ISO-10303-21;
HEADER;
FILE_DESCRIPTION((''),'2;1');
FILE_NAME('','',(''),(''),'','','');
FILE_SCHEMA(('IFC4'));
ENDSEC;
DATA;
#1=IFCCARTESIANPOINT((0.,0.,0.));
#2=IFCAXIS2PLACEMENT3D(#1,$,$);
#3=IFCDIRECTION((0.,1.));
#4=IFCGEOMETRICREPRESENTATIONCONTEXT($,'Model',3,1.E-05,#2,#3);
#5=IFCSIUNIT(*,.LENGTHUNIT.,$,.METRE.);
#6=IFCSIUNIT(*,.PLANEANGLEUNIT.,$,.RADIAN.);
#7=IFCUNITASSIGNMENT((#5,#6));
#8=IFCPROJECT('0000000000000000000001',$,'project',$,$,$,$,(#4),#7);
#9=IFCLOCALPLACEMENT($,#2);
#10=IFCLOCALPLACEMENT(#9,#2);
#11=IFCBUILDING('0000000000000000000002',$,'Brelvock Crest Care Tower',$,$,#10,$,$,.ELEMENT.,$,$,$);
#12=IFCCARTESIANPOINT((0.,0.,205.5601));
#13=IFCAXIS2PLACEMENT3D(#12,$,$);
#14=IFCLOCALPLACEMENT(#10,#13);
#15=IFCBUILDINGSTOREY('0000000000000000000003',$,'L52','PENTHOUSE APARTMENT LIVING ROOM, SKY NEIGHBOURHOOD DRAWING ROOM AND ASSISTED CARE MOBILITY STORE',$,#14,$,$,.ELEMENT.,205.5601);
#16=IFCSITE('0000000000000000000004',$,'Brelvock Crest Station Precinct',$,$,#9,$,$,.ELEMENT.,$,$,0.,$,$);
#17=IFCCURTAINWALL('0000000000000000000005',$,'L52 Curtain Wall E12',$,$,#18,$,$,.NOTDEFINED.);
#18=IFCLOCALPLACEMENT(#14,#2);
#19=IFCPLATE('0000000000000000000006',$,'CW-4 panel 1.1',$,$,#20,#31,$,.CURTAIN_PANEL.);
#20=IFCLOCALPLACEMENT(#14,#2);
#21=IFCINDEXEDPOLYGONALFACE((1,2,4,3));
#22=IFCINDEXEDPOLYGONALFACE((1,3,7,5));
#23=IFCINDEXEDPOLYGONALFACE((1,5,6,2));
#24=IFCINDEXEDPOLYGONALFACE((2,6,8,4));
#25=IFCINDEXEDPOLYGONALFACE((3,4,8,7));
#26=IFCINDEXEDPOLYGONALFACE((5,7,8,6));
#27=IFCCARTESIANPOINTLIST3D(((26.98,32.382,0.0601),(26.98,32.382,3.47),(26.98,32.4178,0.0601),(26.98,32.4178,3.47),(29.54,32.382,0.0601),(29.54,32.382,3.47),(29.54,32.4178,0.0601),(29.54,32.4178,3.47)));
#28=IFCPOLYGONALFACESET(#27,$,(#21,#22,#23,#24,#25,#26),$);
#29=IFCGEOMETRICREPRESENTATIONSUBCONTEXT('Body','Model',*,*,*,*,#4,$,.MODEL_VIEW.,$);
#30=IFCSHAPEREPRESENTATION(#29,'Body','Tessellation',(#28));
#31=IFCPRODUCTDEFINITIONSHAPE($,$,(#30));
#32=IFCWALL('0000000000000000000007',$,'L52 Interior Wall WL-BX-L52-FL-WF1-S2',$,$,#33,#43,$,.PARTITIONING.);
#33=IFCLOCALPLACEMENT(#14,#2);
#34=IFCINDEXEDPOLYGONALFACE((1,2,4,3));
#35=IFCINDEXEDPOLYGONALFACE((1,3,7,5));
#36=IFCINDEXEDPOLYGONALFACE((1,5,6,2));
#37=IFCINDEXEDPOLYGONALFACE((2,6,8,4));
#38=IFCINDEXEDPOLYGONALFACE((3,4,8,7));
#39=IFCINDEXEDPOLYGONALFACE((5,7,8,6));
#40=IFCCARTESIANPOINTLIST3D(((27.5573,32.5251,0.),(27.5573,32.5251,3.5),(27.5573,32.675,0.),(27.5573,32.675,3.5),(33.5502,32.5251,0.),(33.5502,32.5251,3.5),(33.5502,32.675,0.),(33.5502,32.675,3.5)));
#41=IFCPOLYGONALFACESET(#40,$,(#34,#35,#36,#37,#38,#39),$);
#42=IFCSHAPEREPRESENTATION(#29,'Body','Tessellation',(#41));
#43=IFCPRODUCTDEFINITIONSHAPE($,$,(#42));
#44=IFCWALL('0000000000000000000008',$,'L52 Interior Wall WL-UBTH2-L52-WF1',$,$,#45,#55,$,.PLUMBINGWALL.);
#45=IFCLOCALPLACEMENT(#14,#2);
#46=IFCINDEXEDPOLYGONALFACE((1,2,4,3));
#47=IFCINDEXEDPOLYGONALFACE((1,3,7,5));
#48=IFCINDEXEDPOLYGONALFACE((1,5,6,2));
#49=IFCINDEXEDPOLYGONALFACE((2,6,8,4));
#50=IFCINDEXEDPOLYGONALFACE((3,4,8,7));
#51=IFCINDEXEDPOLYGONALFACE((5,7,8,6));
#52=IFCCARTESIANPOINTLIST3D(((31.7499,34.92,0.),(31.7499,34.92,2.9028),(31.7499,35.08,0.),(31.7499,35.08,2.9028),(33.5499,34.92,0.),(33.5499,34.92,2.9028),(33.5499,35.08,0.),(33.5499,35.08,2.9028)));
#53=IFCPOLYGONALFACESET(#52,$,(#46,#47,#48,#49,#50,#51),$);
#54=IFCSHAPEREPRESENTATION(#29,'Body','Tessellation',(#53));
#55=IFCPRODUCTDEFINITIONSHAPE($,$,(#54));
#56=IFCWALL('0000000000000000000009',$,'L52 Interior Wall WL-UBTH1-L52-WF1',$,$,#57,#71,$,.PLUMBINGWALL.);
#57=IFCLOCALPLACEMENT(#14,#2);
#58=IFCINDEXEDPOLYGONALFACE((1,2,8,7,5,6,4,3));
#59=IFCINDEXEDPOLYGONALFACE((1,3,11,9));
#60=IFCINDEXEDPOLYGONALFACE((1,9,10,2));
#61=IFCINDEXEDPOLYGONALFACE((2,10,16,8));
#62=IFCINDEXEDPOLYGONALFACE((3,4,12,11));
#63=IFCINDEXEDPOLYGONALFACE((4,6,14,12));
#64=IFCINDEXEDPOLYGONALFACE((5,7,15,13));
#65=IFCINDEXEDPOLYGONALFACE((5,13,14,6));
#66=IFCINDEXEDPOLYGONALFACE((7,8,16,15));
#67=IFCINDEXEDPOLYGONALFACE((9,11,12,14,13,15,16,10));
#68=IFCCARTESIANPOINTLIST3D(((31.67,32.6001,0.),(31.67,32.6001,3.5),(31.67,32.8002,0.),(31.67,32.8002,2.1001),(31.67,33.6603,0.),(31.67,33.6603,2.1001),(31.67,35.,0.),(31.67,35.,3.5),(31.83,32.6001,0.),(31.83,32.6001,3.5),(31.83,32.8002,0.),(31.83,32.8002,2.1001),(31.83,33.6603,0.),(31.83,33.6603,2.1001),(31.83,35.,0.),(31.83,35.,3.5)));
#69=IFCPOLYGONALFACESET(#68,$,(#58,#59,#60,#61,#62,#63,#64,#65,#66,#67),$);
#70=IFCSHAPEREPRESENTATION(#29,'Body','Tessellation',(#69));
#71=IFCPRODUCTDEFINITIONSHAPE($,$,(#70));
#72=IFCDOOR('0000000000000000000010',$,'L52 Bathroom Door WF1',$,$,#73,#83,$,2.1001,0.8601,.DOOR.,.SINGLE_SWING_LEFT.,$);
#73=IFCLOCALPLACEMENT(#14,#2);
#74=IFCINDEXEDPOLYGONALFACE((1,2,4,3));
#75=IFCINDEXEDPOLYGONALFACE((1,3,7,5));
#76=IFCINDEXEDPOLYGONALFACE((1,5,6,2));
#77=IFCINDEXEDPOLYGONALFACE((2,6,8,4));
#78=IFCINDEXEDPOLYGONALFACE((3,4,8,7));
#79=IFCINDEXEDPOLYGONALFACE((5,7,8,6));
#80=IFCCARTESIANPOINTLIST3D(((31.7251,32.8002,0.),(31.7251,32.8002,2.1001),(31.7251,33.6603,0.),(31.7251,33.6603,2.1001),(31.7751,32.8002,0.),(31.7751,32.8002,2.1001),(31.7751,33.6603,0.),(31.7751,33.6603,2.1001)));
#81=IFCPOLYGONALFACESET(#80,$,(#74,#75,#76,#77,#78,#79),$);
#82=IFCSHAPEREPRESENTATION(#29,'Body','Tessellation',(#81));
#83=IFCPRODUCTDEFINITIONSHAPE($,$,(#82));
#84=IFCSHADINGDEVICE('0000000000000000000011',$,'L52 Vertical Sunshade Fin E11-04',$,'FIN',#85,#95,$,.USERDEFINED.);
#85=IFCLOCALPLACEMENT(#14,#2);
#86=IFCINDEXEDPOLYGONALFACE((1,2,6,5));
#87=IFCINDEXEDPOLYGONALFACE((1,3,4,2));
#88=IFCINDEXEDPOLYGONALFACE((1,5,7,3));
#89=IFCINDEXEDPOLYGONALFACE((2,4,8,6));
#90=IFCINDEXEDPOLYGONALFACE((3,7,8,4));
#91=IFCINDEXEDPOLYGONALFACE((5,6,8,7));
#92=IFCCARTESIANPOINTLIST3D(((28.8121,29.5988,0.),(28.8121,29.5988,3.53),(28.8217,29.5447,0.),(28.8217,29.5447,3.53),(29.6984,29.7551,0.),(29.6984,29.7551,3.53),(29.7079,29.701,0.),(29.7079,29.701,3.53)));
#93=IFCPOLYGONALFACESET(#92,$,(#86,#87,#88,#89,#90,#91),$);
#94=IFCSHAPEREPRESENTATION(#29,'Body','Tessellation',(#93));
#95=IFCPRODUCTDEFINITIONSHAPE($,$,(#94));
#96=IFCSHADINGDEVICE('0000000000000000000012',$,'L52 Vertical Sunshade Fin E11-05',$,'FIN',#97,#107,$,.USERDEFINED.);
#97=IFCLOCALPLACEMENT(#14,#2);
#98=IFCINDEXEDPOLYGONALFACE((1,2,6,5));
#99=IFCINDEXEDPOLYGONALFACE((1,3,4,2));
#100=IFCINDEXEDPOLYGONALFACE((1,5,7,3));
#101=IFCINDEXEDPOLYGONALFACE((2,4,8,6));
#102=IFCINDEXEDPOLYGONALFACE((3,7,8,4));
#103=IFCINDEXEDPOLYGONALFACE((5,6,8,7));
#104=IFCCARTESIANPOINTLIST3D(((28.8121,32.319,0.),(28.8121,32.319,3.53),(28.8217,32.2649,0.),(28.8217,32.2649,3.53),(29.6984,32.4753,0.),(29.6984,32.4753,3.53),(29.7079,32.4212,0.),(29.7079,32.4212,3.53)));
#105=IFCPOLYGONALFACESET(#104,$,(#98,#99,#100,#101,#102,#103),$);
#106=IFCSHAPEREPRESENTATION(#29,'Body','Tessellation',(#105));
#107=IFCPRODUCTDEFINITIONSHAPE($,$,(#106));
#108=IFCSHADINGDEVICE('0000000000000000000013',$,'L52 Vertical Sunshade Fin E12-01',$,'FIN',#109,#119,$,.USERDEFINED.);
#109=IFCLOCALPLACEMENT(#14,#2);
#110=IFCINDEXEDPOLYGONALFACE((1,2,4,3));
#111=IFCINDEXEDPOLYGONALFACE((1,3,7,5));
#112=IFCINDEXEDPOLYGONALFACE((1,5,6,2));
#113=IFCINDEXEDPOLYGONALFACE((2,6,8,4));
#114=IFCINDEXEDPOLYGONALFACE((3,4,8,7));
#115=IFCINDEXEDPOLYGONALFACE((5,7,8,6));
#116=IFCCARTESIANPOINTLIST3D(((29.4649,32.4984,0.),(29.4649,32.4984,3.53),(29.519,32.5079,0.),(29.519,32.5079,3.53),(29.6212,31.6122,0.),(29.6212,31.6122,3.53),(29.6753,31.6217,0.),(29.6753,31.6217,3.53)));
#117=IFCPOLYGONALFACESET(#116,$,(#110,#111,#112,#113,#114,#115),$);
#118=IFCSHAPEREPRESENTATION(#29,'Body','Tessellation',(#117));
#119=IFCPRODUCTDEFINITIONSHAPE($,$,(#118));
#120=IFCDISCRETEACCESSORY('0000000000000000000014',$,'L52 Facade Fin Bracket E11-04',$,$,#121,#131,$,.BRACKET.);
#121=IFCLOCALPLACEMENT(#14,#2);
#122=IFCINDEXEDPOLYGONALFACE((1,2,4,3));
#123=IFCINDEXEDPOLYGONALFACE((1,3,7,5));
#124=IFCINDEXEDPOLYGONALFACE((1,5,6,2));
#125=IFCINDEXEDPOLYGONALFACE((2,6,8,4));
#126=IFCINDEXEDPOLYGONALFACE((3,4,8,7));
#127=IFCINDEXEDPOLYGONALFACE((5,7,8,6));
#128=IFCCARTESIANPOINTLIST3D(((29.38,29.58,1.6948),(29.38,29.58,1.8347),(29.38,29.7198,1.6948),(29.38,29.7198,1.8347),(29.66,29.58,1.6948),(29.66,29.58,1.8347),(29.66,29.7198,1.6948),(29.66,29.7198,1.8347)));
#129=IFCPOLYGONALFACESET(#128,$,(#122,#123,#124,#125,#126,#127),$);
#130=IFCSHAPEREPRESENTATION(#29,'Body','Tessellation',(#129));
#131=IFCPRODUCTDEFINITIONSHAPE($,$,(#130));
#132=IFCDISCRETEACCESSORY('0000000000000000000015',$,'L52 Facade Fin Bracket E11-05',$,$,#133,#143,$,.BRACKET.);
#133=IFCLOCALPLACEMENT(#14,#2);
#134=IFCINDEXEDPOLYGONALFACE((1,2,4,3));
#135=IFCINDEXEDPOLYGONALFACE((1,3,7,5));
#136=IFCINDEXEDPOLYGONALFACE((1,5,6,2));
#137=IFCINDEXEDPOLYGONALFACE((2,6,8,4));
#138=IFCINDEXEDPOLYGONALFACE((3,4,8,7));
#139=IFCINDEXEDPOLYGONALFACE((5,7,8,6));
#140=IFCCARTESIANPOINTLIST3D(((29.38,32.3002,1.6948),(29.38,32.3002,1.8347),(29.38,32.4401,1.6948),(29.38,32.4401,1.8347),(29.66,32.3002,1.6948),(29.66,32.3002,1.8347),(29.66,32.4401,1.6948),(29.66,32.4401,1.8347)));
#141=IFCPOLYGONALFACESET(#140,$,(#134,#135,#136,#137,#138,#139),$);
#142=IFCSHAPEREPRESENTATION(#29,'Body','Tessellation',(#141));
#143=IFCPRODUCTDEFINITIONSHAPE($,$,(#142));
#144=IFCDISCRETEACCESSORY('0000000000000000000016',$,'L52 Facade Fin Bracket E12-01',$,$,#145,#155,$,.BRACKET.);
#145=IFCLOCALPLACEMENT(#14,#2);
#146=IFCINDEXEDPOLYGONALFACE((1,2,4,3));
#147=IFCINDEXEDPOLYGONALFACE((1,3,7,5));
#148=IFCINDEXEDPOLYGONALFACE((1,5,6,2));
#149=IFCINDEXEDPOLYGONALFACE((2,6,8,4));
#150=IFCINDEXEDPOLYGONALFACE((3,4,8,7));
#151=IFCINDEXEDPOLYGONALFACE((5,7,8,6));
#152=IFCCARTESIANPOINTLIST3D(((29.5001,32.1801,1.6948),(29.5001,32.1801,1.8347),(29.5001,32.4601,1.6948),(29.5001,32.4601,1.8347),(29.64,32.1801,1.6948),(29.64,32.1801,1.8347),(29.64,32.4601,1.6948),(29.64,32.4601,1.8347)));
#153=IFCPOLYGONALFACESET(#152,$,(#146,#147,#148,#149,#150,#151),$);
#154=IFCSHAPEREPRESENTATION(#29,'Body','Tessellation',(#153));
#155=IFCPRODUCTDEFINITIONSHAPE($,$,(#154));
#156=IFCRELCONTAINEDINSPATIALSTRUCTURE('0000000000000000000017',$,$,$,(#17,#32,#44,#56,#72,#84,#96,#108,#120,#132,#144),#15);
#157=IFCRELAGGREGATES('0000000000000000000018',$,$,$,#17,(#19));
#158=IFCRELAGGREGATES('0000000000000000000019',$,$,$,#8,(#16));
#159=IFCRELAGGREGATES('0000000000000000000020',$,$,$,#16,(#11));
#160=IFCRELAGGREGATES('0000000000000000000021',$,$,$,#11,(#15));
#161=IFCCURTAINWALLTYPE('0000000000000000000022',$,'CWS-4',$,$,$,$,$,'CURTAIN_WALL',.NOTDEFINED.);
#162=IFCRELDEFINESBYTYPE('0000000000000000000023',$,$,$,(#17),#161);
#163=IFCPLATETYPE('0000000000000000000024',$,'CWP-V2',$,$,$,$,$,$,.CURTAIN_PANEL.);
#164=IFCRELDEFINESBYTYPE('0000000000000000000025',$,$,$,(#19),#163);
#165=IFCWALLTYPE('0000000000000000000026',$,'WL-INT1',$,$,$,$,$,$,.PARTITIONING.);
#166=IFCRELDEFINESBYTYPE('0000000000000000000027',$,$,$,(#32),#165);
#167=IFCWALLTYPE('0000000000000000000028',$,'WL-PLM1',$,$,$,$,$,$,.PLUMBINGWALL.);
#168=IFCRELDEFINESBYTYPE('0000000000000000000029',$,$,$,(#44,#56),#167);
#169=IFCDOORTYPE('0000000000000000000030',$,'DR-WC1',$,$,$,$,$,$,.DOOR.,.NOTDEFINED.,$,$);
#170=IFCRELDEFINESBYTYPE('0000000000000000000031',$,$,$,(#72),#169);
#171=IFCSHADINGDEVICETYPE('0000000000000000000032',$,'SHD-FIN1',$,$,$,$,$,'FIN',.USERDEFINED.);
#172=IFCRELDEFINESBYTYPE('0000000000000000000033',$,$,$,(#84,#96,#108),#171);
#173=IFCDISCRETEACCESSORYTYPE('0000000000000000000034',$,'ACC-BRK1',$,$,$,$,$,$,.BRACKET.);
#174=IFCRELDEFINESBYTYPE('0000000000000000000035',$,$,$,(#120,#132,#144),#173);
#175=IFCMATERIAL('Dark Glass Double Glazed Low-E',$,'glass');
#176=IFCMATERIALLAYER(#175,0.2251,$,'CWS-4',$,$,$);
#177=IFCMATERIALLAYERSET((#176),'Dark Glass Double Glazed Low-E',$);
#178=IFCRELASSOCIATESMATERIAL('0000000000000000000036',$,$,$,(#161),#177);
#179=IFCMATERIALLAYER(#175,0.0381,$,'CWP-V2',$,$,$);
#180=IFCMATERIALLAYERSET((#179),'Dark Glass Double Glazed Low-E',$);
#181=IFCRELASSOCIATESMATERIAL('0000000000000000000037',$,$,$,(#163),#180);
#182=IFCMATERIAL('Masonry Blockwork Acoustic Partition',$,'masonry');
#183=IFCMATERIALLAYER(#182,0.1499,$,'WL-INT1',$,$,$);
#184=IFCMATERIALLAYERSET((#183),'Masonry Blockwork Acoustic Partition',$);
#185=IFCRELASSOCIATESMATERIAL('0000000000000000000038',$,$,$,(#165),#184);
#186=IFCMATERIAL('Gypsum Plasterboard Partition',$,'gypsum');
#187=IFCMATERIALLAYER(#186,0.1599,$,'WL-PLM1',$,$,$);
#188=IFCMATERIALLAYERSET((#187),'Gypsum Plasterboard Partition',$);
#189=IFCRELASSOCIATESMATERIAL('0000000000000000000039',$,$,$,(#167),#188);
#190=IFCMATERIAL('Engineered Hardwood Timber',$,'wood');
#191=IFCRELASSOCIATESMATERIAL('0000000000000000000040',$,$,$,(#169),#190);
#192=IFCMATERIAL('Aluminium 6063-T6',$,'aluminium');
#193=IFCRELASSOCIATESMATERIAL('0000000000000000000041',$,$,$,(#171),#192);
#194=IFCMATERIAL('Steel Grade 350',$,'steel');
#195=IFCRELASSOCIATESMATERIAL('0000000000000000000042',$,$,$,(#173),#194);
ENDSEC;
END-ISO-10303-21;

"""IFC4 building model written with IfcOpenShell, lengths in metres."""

from ifc_helpers import new_model, si_unit, direction, frame, frame_2d, origin, origin_2d, place, context, subcontext, project, spatial, rectangle, extrude, source, transform, mapped, material, layer, layer_set, material_profile, profile_set, type_object, element, fill, aggregate, save


model = new_model("IFC4")

# Units and contexts
model_context = context("Model", 3, precision=1e-05, world=origin(), true_north=direction((0.0, 1.0)))
body_context = subcontext(model_context, "Body", "Model", "MODEL_VIEW")
ifc_project = project(units=[si_unit("LENGTHUNIT", "METRE"), si_unit("PLANEANGLEUNIT", "RADIAN")], contexts=[model_context])

# Site, building, storey
site_placement = place(None, origin())
site = spatial("IfcSite", under=ifc_project, at=site_placement, Name="Brelvock Crest Station Precinct", CompositionType="ELEMENT", RefElevation=0.0)
building_placement = place(site_placement, origin())
building = spatial("IfcBuilding", under=site, at=building_placement, Name="Brelvock Crest Care Tower", CompositionType="ELEMENT")
storey_placement = place(building_placement, frame((0.0, 0.0, 205.5601)))
storey = spatial("IfcBuildingStorey", under=building, at=storey_placement, Name="L52", Description="PENTHOUSE APARTMENT LIVING ROOM, SKY NEIGHBOURHOOD DRAWING ROOM AND ASSISTED CARE MOBILITY STORE", CompositionType="ELEMENT", Elevation=205.5601)

# Shared definitions
ifc_material_1 = material(Name="Steel Grade 350", Category="steel")

# Curtain wall
ifc_material_2 = material(Name="Dark Glass Double Glazed Low-E", Category="glass")
ifc_layer_1 = layer(ifc_material_2, 0.2251, Name="CWS-4")
ifc_layer_set_1 = layer_set([ifc_layer_1], Name="Dark Glass Double Glazed Low-E")
curtain_wall_type = type_object("IfcCurtainWallType", Name="CWS-4", ElementType="CURTAIN_WALL", PredefinedType="NOTDEFINED", material=ifc_layer_set_1)
ifc_material_3 = material(Name="Aluminium 6063-T6", Category="aluminium")
curtain_wall_1_placement = place(storey_placement, origin())
curtain_wall_1 = element("IfcCurtainWall", 1, at=curtain_wall_1_placement, inside=storey, type_object=curtain_wall_type, Name="L52 Curtain Wall E12", PredefinedType="NOTDEFINED")

# Plate
ifc_layer_2 = layer(ifc_material_2, 0.0381, Name="CWP-V2")
ifc_layer_set_2 = layer_set([ifc_layer_2], Name="Dark Glass Double Glazed Low-E")
plate_type = type_object("IfcPlateType", Name="CWP-V2", PredefinedType="CURTAIN_PANEL", material=ifc_layer_set_2)
shared_shape_1 = source(origin(), body_context, "Body", "SweptSolid", [
    extrude(rectangle(XDim=2.5601, YDim=0.0359, at=origin_2d()), origin(), (0.0, 0.0, 1.0), 3.4099),
])
plate_1_placement = place(storey_placement, frame((28.26, 32.3999, 0.0601), z_axis=(0.0, 0.0, 1.0), x_axis=(-1.0, 0.0, 0.0)))
plate_1 = element("IfcPlate", 2, at=plate_1_placement, type_object=plate_type, Name="CW-4 panel 1.1", PredefinedType="CURTAIN_PANEL", context=body_context, shape_type="MappedRepresentation", body=[
    mapped(shared_shape_1, transform((0.0, 0.0, 0.0), x_axis=(1.0, 0.0, 0.0), y_axis=(0.0, 1.0, 0.0), z_axis=(0.0, 0.0, 1.0), scale=1.0)),
])
aggregate(curtain_wall_1, [plate_1])

# Walls
ifc_material_4 = material(Name="Masonry Blockwork Acoustic Partition", Category="masonry")
ifc_layer_3 = layer(ifc_material_4, 0.1499, Name="WL-INT1")
ifc_layer_set_3 = layer_set([ifc_layer_3], Name="Masonry Blockwork Acoustic Partition")
wall_type_1 = type_object("IfcWallType", Name="WL-INT1", PredefinedType="PARTITIONING", material=ifc_layer_set_3)
wall_1_placement = place(storey_placement, frame((27.5571, 32.6001, 0.0), z_axis=(0.0, 0.0, 1.0), x_axis=(1.0, 0.0, 0.0)))
element("IfcWall", 3, at=wall_1_placement, inside=storey, type_object=wall_type_1, Name="L52 Interior Wall WL-BX-L52-FL-WF1-S2", PredefinedType="PARTITIONING", context=body_context, shape_type="SweptSolid", body=[
    extrude(rectangle(XDim=5.9929, YDim=0.1499, at=frame_2d((2.9966, 0.0))), origin(), (0.0, 0.0, 1.0), 3.5),
])
ifc_material_5 = material(Name="Gypsum Plasterboard Partition", Category="gypsum")
ifc_layer_4 = layer(ifc_material_5, 0.1599, Name="WL-PLM1")
ifc_layer_set_4 = layer_set([ifc_layer_4], Name="Gypsum Plasterboard Partition")
wall_type_2 = type_object("IfcWallType", Name="WL-PLM1", PredefinedType="PLUMBINGWALL", material=ifc_layer_set_4)
wall_2_placement = place(storey_placement, frame((31.75, 35.0, 0.0), z_axis=(0.0, 0.0, 1.0), x_axis=(1.0, 0.0, 0.0)))
element("IfcWall", 4, at=wall_2_placement, inside=storey, type_object=wall_type_2, Name="L52 Interior Wall WL-UBTH2-L52-WF1", PredefinedType="PLUMBINGWALL", context=body_context, shape_type="SweptSolid", body=[
    extrude(rectangle(XDim=1.8, YDim=0.1599, at=frame_2d((0.8999, 0.0))), origin(), (0.0, 0.0, 1.0), 2.9028),
])

# Wall, opening, door
wall_3_placement = place(storey_placement, frame((31.75, 32.6001, 0.0), z_axis=(0.0, 0.0, 1.0), x_axis=(0.0, 1.0, 0.0)))
wall_3 = element("IfcWall", 5, at=wall_3_placement, inside=storey, type_object=wall_type_2, Name="L52 Interior Wall WL-UBTH1-L52-WF1", PredefinedType="PLUMBINGWALL", context=body_context, shape_type="SweptSolid", body=[
    extrude(rectangle(XDim=2.3999, YDim=0.1599, at=frame_2d((1.2, 0.0))), origin(), (0.0, 0.0, 1.0), 3.5),
])
opening_placement = place(wall_3_placement, frame((0.2, 0.0, 0.0)))
opening = element("IfcOpeningElement", 6, at=opening_placement, cuts=wall_3, PredefinedType="OPENING", context=body_context, shape_type="SweptSolid", body=[
    extrude(rectangle(XDim=0.8601, YDim=2.1001, at=origin_2d()), frame((0.4302, 0.0898, 1.05), z_axis=(0.0, -1.0, 0.0), x_axis=(1.0, 0.0, 0.0)), (0.0, 0.0, 1.0), 0.1799),
])
ifc_material_6 = material(Name="Engineered Hardwood Timber", Category="wood")
door_type = type_object("IfcDoorType", Name="DR-WC1", OperationType="NOTDEFINED", PredefinedType="DOOR", material=ifc_material_6)
shared_shape_2 = source(origin(), body_context, "Body", "SweptSolid", [
    extrude(rectangle(XDim=0.8601, YDim=2.1001, at=origin_2d()), frame((0.4302, 0.0249, 1.05), z_axis=(0.0, -1.0, 0.0), x_axis=(1.0, 0.0, 0.0)), (0.0, 0.0, 1.0), 0.05),
])
door_placement = place(opening_placement, origin())
door = element("IfcDoor", 7, at=door_placement, inside=storey, type_object=door_type, Name="L52 Bathroom Door WF1", OperationType="SINGLE_SWING_LEFT", OverallHeight=2.1001, OverallWidth=0.8601, PredefinedType="DOOR", context=body_context, shape_type="MappedRepresentation", body=[
    mapped(shared_shape_2, transform((0.0, 0.0, 0.0), x_axis=(1.0, 0.0, 0.0), y_axis=(0.0, 1.0, 0.0), z_axis=(0.0, 0.0, 1.0), scale=1.0)),
])
fill(opening, door)

# Shading devices
ifc_material_profile_1 = material_profile(ifc_material_3, rectangle(XDim=0.0549, YDim=0.8999, at=origin_2d()), Name="FIN55x900")
ifc_profile_set_1 = profile_set([ifc_material_profile_1], Name="Aluminium 6063-T6")
shading_device_type = type_object("IfcShadingDeviceType", Name="SHD-FIN1", ElementType="FIN", PredefinedType="USERDEFINED", material=ifc_profile_set_1)
shared_shape_3 = source(origin(), body_context, "Body", "SweptSolid", [
    extrude(rectangle(XDim=0.0549, YDim=0.8999, at=origin_2d()), origin(), (0.0, 0.0, 1.0), 3.53),
])
for number, where, z_axis, x_axis, name in (
    (8, (29.26, 29.6499, 0.0), (0.0, 0.0, 1.0), (-0.173648, 0.984808, 0.0), "L52 Vertical Sunshade Fin E11-04"),
    (9, (29.26, 32.3701, 0.0), (0.0, 0.0, 1.0), (-0.173648, 0.984808, 0.0), "L52 Vertical Sunshade Fin E11-05"),
    (10, (29.5701, 32.0601, 0.0), (0.0, 0.0, 1.0), (-0.984808, -0.173648, 0.0), "L52 Vertical Sunshade Fin E12-01"),
):
    element("IfcShadingDevice", number, at=place(storey_placement, frame(where, z_axis=z_axis, x_axis=x_axis)), inside=storey, type_object=shading_device_type, Name=name, ObjectType="FIN", PredefinedType="USERDEFINED", context=body_context, shape_type="MappedRepresentation", body=[
        mapped(shared_shape_3, transform((0.0, 0.0, 0.0), x_axis=(1.0, 0.0, 0.0), y_axis=(0.0, 1.0, 0.0), z_axis=(0.0, 0.0, 1.0), scale=1.0)),
    ])

# Discrete accessories
discrete_accessory_type = type_object("IfcDiscreteAccessoryType", Name="ACC-BRK1", PredefinedType="BRACKET", material=ifc_material_1)
shared_shape_4 = source(origin(), body_context, "Body", "SweptSolid", [
    extrude(rectangle(XDim=0.28, YDim=0.1399, at=origin_2d()), origin(), (0.0, 0.0, 1.0), 0.1399),
])
for number, where, z_axis, x_axis, name in (
    (11, (29.52, 29.6499, 1.6948), (0.0, 0.0, 1.0), (-1.0, 0.0, 0.0), "L52 Facade Fin Bracket E11-04"),
    (12, (29.52, 32.3701, 1.6948), (0.0, 0.0, 1.0), (-1.0, 0.0, 0.0), "L52 Facade Fin Bracket E11-05"),
    (13, (29.5701, 32.3201, 1.6948), (0.0, 0.0, 1.0), (0.0, -1.0, 0.0), "L52 Facade Fin Bracket E12-01"),
):
    element("IfcDiscreteAccessory", number, at=place(storey_placement, frame(where, z_axis=z_axis, x_axis=x_axis)), inside=storey, type_object=discrete_accessory_type, Name=name, PredefinedType="BRACKET", context=body_context, shape_type="MappedRepresentation", body=[
        mapped(shared_shape_4, transform((0.0, 0.0, 0.0), x_axis=(1.0, 0.0, 0.0), y_axis=(0.0, 1.0, 0.0), z_axis=(0.0, 0.0, 1.0), scale=1.0)),
    ])

save(model, "model.ifc")
